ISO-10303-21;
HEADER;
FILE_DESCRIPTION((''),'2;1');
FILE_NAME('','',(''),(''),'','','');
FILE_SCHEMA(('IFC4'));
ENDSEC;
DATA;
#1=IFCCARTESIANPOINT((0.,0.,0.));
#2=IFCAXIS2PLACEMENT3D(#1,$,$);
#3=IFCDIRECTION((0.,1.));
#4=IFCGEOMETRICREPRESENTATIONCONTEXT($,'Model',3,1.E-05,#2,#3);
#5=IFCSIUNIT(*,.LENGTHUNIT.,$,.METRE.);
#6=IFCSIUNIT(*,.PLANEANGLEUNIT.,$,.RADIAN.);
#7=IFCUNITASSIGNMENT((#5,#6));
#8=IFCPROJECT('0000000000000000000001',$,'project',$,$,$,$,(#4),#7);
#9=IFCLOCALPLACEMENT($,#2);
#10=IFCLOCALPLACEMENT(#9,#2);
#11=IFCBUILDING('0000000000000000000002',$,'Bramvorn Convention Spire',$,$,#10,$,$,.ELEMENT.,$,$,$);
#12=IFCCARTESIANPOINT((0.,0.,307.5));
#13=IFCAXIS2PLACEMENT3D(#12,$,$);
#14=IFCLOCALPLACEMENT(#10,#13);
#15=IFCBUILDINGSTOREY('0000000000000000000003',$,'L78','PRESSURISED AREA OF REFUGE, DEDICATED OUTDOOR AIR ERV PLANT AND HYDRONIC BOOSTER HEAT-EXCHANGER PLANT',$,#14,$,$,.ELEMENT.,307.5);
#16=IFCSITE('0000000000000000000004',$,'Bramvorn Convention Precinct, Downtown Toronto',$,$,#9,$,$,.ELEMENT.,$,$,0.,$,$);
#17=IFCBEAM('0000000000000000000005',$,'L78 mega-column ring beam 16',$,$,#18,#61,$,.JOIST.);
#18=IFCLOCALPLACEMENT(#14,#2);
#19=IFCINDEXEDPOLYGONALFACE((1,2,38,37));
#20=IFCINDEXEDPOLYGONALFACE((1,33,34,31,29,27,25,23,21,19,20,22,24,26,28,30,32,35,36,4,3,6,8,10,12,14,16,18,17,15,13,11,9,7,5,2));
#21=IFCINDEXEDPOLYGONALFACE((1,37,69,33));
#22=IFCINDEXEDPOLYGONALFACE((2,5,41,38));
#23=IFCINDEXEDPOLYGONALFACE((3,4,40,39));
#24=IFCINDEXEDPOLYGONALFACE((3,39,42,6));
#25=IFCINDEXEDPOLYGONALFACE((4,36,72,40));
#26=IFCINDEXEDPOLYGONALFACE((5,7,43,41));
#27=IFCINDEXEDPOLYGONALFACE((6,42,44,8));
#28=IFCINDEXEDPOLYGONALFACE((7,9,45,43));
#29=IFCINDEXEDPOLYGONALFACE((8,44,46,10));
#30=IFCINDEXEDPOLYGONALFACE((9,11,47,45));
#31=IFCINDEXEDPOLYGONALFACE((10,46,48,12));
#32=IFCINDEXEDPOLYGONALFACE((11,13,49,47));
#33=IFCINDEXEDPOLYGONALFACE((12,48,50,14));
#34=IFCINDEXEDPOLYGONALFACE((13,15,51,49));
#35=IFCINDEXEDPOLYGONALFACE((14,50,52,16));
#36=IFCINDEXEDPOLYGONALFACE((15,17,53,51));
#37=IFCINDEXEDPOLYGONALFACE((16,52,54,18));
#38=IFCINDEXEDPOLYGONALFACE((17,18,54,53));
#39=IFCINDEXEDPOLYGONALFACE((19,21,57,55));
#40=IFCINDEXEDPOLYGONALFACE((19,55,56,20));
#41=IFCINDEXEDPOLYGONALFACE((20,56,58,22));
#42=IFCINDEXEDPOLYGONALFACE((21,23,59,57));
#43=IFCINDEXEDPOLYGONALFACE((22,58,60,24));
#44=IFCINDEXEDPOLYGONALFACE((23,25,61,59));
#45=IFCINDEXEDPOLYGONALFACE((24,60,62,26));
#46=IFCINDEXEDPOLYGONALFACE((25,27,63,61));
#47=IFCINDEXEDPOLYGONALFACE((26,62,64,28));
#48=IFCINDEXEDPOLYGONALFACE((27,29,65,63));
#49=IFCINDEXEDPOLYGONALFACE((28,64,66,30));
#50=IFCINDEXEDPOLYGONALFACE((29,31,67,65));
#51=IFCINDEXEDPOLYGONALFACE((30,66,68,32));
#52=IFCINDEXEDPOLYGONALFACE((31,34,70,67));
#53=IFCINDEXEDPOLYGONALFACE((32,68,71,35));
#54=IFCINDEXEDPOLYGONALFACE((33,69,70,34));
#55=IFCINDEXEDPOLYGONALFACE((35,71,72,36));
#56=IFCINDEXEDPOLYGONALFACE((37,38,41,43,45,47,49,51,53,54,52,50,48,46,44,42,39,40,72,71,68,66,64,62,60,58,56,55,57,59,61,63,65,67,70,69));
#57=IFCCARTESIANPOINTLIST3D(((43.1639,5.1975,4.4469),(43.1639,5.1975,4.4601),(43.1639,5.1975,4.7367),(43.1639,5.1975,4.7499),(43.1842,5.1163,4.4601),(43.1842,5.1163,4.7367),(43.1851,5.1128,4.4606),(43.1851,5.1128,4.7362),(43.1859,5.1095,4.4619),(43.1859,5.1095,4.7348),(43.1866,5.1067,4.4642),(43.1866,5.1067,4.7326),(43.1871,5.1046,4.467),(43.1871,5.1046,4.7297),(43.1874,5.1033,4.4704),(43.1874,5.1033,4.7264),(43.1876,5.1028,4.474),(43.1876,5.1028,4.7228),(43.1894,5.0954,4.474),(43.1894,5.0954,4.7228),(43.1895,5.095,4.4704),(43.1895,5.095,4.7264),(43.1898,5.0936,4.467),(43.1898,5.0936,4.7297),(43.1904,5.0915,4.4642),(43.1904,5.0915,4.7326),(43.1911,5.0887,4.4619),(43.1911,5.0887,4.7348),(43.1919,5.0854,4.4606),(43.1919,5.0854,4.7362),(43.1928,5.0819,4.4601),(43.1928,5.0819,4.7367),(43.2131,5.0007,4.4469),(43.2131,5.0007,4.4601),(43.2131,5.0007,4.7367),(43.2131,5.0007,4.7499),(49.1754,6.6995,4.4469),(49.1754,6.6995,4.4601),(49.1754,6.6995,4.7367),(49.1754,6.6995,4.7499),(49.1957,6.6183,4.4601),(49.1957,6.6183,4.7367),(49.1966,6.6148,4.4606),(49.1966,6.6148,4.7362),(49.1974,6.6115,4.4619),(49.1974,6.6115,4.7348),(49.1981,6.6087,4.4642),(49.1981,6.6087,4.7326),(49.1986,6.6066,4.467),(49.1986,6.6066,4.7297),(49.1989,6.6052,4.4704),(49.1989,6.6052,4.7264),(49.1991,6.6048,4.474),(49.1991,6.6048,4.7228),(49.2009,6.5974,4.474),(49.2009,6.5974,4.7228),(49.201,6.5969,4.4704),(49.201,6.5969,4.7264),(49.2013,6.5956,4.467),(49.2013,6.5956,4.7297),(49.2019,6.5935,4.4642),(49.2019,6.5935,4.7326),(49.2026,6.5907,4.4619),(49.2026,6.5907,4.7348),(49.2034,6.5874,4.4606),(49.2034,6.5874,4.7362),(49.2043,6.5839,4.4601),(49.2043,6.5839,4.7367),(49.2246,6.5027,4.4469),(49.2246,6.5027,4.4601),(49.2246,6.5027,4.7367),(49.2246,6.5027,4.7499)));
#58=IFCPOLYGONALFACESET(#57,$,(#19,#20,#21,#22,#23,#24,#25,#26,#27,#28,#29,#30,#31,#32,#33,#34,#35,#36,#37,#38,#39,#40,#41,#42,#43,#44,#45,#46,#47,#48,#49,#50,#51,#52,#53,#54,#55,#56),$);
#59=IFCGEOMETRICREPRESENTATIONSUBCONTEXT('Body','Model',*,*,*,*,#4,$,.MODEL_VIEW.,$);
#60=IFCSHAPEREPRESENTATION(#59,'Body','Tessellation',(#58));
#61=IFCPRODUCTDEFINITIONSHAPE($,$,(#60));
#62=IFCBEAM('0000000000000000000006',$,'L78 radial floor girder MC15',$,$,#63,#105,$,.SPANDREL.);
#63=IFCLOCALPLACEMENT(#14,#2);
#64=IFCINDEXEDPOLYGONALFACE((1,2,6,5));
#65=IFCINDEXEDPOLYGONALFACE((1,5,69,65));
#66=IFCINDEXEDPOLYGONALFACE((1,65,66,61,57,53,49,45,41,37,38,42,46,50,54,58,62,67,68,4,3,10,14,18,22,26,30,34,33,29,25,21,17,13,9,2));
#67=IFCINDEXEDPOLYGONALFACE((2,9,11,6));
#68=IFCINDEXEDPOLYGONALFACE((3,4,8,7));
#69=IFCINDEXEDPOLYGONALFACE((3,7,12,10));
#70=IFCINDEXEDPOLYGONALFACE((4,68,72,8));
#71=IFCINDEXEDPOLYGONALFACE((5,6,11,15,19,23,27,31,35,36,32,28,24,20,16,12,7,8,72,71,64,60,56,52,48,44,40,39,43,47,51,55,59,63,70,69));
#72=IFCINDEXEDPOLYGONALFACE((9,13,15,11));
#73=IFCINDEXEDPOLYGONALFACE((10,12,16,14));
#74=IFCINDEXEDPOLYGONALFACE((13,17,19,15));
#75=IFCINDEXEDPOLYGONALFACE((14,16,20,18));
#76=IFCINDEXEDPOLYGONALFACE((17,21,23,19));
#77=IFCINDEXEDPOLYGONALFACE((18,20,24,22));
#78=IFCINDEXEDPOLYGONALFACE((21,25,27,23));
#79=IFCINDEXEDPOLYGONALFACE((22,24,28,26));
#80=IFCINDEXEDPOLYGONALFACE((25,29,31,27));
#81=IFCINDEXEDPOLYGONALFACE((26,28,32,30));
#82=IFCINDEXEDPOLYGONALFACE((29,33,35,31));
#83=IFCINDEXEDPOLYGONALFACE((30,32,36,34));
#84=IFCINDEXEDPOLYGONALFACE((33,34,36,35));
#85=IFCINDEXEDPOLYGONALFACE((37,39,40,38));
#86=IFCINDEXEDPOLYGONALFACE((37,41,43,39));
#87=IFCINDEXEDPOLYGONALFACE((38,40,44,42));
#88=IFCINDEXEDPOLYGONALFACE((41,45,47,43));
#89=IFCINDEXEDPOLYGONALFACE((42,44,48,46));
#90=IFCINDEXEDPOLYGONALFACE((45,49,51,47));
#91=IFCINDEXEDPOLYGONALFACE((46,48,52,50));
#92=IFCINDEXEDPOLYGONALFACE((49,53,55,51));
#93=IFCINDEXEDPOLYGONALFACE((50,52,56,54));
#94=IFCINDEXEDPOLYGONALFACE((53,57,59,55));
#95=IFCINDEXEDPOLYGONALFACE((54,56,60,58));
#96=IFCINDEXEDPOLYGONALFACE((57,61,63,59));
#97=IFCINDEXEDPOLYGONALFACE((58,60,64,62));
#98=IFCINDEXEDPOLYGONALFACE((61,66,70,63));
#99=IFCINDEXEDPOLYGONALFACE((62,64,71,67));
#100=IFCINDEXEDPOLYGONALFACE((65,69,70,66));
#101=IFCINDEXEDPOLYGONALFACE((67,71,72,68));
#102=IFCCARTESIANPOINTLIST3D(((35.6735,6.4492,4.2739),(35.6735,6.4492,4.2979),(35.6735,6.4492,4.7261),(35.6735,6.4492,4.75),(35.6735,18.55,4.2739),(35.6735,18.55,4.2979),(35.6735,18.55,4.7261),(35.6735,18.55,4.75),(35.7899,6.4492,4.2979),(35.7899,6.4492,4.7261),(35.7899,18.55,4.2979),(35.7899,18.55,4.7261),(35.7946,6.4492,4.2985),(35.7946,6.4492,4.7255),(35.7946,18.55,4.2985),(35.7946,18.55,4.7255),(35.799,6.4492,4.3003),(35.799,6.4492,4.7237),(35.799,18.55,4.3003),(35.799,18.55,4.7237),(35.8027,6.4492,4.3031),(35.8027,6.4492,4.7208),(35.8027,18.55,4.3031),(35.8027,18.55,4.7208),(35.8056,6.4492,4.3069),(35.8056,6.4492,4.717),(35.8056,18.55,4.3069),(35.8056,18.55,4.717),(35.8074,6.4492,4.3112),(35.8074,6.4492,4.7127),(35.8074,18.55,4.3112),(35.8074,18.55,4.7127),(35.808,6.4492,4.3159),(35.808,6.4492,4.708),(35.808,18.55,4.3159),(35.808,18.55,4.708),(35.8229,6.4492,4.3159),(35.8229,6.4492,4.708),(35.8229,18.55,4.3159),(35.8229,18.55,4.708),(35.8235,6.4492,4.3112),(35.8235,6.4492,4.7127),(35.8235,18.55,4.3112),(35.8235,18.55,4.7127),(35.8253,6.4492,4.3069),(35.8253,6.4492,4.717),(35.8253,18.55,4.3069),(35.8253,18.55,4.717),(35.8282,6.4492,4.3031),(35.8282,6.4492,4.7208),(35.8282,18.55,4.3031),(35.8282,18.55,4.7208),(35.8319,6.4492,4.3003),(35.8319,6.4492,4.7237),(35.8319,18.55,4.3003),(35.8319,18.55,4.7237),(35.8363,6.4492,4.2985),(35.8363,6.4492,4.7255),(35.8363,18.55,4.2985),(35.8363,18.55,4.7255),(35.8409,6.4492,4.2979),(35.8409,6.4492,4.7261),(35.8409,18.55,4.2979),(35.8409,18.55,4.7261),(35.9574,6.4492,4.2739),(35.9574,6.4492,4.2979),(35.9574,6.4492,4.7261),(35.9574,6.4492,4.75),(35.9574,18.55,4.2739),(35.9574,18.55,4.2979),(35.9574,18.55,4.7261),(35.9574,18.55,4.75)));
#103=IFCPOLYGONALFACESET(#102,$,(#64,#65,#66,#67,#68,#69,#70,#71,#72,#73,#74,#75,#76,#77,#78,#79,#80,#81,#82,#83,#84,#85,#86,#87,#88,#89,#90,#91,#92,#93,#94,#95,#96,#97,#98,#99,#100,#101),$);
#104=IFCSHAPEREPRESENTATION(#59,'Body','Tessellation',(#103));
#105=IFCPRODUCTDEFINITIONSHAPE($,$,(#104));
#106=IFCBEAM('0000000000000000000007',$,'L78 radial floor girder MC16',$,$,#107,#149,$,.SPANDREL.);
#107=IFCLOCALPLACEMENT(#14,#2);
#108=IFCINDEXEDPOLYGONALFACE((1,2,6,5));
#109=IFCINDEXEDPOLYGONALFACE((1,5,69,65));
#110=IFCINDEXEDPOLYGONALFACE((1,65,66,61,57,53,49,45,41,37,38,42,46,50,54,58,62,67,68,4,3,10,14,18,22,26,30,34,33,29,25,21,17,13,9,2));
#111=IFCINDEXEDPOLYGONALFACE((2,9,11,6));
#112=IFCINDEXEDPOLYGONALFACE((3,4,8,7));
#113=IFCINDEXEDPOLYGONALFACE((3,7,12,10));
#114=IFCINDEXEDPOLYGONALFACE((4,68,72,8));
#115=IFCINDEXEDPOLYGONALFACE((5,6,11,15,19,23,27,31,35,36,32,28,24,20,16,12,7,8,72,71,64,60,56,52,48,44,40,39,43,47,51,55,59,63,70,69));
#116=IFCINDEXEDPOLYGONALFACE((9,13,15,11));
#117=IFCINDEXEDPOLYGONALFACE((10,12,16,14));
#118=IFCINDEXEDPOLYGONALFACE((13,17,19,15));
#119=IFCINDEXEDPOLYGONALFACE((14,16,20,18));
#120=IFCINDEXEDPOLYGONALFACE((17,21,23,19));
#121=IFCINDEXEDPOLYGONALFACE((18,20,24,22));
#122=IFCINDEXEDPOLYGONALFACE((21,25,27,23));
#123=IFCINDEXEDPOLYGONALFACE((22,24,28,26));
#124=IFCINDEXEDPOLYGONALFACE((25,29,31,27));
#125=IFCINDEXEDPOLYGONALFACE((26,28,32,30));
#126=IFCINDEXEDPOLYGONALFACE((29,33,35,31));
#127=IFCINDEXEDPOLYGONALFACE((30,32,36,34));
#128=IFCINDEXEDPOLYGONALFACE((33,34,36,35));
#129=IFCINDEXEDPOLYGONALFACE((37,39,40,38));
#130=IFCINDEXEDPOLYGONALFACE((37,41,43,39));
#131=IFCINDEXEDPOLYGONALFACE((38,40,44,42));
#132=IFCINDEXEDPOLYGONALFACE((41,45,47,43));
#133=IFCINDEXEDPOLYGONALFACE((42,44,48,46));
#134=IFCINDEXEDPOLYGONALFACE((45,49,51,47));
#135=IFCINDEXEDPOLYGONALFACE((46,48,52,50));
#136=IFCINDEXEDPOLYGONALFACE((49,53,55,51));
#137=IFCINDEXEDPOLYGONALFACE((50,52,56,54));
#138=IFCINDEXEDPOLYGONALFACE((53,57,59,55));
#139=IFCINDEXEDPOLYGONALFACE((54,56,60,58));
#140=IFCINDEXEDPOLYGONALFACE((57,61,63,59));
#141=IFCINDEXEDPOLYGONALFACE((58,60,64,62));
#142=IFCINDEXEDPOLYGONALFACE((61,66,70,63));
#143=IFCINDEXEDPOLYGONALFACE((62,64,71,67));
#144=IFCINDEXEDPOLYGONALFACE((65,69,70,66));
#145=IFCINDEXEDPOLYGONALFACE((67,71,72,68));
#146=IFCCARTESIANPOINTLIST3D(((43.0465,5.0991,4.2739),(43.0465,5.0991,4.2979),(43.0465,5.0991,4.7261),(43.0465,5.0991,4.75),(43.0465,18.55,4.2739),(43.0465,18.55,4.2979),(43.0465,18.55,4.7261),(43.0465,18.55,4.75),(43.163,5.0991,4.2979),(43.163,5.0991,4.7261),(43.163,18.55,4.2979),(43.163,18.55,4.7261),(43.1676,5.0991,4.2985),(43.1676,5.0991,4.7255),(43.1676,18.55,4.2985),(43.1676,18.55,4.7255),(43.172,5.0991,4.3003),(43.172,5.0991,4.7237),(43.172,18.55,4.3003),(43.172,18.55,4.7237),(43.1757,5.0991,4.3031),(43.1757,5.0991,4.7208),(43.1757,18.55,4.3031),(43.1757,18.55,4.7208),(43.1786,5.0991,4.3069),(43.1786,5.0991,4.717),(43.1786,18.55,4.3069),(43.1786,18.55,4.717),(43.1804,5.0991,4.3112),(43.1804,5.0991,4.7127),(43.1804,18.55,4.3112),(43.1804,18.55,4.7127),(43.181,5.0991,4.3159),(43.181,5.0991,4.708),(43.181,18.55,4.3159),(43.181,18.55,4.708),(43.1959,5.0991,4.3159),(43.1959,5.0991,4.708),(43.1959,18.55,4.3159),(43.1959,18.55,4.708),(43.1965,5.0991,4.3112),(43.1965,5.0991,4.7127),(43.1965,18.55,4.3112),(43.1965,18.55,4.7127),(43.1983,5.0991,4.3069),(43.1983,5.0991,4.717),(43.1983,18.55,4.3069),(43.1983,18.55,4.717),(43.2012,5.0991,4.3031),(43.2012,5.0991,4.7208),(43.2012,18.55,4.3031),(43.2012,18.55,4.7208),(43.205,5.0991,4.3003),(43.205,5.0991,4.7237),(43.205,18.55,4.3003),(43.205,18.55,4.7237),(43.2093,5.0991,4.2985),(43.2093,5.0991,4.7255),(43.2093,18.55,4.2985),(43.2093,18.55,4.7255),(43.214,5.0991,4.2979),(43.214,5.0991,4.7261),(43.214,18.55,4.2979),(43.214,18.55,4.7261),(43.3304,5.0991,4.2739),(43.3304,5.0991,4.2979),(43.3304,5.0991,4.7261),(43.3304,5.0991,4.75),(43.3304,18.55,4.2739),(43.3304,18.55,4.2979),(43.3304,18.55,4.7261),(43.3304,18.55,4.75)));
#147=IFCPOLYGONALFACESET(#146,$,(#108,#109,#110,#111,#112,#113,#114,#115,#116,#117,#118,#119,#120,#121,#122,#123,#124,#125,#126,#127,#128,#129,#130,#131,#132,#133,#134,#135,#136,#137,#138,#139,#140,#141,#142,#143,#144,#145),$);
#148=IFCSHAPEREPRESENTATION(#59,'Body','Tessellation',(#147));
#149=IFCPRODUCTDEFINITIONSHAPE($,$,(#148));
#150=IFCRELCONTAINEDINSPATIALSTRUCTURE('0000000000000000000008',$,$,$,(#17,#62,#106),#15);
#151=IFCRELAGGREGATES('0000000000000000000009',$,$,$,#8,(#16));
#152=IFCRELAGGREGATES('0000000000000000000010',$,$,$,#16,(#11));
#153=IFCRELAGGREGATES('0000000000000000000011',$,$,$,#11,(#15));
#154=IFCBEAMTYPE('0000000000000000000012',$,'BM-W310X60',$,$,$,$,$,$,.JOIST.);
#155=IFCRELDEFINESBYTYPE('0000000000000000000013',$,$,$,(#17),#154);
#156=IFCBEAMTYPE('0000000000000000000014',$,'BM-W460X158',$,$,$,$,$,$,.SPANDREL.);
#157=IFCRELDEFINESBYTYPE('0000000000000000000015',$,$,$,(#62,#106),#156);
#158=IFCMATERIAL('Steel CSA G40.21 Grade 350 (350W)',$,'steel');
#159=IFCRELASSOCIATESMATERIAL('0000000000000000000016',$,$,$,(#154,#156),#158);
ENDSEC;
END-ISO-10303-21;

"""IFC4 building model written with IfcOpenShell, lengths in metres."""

from ifc_helpers import new_model, si_unit, direction, frame, origin, origin_2d, place, context, subcontext, project, spatial, i_section, extrude, material, material_profile, profile_set, type_object, element, save


model = new_model("IFC4")

# Units and contexts
model_context = context("Model", 3, precision=1e-05, world=origin(), true_north=direction((0.0, 1.0)))
body_context = subcontext(model_context, "Body", "Model", "MODEL_VIEW")
ifc_project = project(units=[si_unit("LENGTHUNIT", "METRE"), si_unit("PLANEANGLEUNIT", "RADIAN")], contexts=[model_context])

# Site, building, storey
site_placement = place(None, origin())
site = spatial("IfcSite", under=ifc_project, at=site_placement, Name="Bramvorn Convention Precinct, Downtown Toronto", CompositionType="ELEMENT", RefElevation=0.0)
building_placement = place(site_placement, origin())
building = spatial("IfcBuilding", under=site, at=building_placement, Name="Bramvorn Convention Spire", CompositionType="ELEMENT")
storey_placement = place(building_placement, frame((0.0, 0.0, 307.5)))
storey = spatial("IfcBuildingStorey", under=building, at=storey_placement, Name="L78", Description="PRESSURISED AREA OF REFUGE, DEDICATED OUTDOOR AIR ERV PLANT AND HYDRONIC BOOSTER HEAT-EXCHANGER PLANT", CompositionType="ELEMENT", Elevation=307.5)

# Shared definitions
ifc_material_1 = material(Name="Steel CSA G40.21 Grade 350 (350W)", Category="steel")

# Beams
ifc_material_profile_1 = material_profile(ifc_material_1, i_section(OverallWidth=0.2029, OverallDepth=0.303, WebThickness=0.0076, FlangeThickness=0.0132, FilletRadius=0.0139, at=origin_2d()))
ifc_profile_set_1 = profile_set([ifc_material_profile_1], Name="Steel CSA G40.21 Grade 350 (350W) - W310X60")
beam_type_1 = type_object("IfcBeamType", Name="BM-W310X60", PredefinedType="JOIST", material=ifc_profile_set_1)
beam_1_placement = place(storey_placement, frame((43.1885, 5.0991, 4.5984), z_axis=(0.970177, 0.242397, 0.0), x_axis=(-0.242397, 0.970177, 0.0)))
element("IfcBeam", 1, at=beam_1_placement, inside=storey, type_object=beam_type_1, Name="L78 mega-column ring beam 16", PredefinedType="JOIST", context=body_context, shape_type="SweptSolid", body=[
    extrude(i_section(OverallWidth=0.2029, OverallDepth=0.303, WebThickness=0.0076, FlangeThickness=0.0132, FilletRadius=0.0139, at=origin_2d()), origin(), (0.0, 0.0, 1.0), 6.1963),
])
ifc_material_profile_2 = material_profile(ifc_material_1, i_section(OverallWidth=0.2839, OverallDepth=0.4761, WebThickness=0.0149, FlangeThickness=0.0239, FilletRadius=0.0181, at=origin_2d()))
ifc_profile_set_2 = profile_set([ifc_material_profile_2], Name="Steel CSA G40.21 Grade 350 (350W) - W460X158")
beam_type_2 = type_object("IfcBeamType", Name="BM-W460X158", PredefinedType="SPANDREL", material=ifc_profile_set_2)
beam_2_placement = place(storey_placement, frame((35.8154, 18.55, 4.512), z_axis=(0.0, -1.0, 0.0), x_axis=(1.0, 0.0, 0.0)))
element("IfcBeam", 2, at=beam_2_placement, inside=storey, type_object=beam_type_2, Name="L78 radial floor girder MC15", PredefinedType="SPANDREL", context=body_context, shape_type="SweptSolid", body=[
    extrude(i_section(OverallWidth=0.2839, OverallDepth=0.4761, WebThickness=0.0149, FlangeThickness=0.0239, FilletRadius=0.0181, at=origin_2d()), origin(), (0.0, 0.0, 1.0), 12.1008),
])
beam_3_placement = place(storey_placement, frame((43.1885, 18.55, 4.512), z_axis=(0.0, -1.0, 0.0), x_axis=(1.0, 0.0, 0.0)))
element("IfcBeam", 3, at=beam_3_placement, inside=storey, type_object=beam_type_2, Name="L78 radial floor girder MC16", PredefinedType="SPANDREL", context=body_context, shape_type="SweptSolid", body=[
    extrude(i_section(OverallWidth=0.2839, OverallDepth=0.4761, WebThickness=0.0149, FlangeThickness=0.0239, FilletRadius=0.0181, at=origin_2d()), origin(), (0.0, 0.0, 1.0), 13.4509),
])

save(model, "model.ifc")
